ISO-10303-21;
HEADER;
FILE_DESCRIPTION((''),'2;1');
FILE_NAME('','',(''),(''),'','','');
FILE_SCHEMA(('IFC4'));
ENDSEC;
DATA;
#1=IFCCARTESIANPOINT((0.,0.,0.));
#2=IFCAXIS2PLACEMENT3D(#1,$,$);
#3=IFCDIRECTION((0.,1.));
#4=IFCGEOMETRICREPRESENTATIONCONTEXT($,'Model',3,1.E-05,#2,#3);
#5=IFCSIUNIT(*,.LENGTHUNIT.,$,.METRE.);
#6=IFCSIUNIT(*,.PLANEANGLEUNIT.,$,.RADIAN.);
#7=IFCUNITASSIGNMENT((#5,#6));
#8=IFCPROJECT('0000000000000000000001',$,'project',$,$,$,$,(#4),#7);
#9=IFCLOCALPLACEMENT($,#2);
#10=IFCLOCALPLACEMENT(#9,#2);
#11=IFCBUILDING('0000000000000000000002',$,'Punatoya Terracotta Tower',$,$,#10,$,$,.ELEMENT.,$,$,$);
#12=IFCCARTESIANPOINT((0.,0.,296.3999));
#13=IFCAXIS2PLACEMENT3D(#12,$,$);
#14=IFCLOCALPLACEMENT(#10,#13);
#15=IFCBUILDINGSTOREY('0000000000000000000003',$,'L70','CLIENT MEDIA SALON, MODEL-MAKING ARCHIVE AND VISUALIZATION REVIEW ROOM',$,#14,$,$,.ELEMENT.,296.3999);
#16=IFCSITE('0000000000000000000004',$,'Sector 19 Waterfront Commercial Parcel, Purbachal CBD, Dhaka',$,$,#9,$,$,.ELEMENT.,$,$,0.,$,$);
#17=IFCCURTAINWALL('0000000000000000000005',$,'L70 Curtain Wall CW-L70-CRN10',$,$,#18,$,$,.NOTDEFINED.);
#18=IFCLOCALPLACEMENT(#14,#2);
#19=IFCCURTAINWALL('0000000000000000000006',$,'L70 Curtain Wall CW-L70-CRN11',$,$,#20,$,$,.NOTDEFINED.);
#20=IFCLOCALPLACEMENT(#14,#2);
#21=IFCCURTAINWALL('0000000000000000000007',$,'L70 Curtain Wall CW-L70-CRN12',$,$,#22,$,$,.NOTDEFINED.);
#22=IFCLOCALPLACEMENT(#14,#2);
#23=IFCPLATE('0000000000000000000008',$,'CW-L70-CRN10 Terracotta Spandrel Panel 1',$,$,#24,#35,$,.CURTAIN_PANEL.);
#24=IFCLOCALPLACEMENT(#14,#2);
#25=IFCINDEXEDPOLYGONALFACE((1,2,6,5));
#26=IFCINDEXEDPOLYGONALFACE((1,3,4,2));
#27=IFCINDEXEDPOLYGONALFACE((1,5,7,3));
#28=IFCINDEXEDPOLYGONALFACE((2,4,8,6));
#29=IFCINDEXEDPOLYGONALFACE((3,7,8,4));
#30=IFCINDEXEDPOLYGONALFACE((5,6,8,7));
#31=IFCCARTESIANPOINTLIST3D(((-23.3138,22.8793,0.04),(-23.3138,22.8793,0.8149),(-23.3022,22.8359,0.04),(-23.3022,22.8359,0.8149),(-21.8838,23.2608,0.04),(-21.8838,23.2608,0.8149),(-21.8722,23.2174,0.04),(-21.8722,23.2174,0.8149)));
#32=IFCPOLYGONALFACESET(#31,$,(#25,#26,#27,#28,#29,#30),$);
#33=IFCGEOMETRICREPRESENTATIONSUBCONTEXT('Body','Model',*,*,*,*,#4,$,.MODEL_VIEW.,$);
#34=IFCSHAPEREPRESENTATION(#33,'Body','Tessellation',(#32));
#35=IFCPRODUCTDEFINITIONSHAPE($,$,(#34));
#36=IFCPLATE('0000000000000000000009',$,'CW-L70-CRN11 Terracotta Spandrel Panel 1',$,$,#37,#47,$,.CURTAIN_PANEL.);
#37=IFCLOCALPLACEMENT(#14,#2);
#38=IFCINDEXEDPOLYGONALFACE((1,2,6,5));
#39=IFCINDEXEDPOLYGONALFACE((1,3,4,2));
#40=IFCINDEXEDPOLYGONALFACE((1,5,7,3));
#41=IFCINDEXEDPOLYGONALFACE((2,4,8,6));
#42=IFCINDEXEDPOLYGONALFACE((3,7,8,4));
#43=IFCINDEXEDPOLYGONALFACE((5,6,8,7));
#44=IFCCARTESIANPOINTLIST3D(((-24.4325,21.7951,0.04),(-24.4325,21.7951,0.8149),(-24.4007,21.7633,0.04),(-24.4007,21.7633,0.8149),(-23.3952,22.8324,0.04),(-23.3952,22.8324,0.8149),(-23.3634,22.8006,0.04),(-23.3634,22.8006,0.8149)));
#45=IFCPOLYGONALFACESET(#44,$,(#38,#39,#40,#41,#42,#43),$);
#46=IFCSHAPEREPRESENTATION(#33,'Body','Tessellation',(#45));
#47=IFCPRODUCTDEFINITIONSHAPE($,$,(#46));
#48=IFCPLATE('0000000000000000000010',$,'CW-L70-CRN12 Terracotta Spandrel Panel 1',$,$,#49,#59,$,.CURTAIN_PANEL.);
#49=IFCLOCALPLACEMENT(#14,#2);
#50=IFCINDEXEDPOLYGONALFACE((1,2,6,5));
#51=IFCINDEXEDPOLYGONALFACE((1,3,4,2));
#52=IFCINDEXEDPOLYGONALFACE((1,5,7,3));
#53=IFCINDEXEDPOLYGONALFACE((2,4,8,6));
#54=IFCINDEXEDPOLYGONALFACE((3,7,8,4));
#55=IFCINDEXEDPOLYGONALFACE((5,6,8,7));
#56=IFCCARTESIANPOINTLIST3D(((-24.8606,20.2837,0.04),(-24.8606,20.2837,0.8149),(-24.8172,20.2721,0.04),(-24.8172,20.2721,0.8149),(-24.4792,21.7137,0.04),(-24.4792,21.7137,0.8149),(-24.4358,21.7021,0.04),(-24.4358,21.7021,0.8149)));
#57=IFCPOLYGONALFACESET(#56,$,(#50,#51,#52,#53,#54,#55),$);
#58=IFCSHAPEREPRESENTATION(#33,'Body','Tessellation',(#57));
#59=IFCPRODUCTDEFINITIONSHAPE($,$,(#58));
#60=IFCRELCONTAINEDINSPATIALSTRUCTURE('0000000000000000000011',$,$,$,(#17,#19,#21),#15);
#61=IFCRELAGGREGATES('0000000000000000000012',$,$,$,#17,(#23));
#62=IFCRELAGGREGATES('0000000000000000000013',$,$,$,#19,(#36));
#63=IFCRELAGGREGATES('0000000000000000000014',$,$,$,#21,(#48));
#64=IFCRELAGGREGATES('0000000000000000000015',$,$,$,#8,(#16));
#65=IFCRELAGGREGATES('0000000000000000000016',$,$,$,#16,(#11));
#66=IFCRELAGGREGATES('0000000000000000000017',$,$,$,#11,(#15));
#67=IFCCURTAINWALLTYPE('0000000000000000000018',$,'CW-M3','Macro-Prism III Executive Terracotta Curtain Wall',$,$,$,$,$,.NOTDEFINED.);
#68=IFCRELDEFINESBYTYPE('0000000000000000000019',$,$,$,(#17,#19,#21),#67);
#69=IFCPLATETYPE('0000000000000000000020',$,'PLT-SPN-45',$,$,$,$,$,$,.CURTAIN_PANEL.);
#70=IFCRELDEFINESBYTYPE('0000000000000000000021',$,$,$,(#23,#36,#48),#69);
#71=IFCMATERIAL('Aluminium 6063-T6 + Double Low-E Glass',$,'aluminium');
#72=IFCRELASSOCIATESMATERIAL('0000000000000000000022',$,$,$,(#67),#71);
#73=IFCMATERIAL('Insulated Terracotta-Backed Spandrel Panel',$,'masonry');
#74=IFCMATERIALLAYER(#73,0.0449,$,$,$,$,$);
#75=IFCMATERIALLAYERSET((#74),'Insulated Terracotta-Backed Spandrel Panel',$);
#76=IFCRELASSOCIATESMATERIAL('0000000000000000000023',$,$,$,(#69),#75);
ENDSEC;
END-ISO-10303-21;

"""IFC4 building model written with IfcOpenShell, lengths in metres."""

from ifc_helpers import new_model, si_unit, direction, frame, origin, origin_2d, place, context, subcontext, project, spatial, rectangle, extrude, material, layer, layer_set, type_object, element, aggregate, save


model = new_model("IFC4")

# Units and contexts
model_context = context("Model", 3, precision=1e-05, world=origin(), true_north=direction((0.0, 1.0)))
body_context = subcontext(model_context, "Body", "Model", "MODEL_VIEW")
ifc_project = project(units=[si_unit("LENGTHUNIT", "METRE"), si_unit("PLANEANGLEUNIT", "RADIAN")], contexts=[model_context])

# Site, building, storey
site_placement = place(None, origin())
site = spatial("IfcSite", under=ifc_project, at=site_placement, Name="Sector 19 Waterfront Commercial Parcel, Purbachal CBD, Dhaka", CompositionType="ELEMENT", RefElevation=0.0)
building_placement = place(site_placement, origin())
building = spatial("IfcBuilding", under=site, at=building_placement, Name="Punatoya Terracotta Tower", CompositionType="ELEMENT")
storey_placement = place(building_placement, frame((0.0, 0.0, 296.3999)))
storey = spatial("IfcBuildingStorey", under=building, at=storey_placement, Name="L70", Description="CLIENT MEDIA SALON, MODEL-MAKING ARCHIVE AND VISUALIZATION REVIEW ROOM", CompositionType="ELEMENT", Elevation=296.3999)

# Shared definitions
ifc_material_1 = material(Name="Aluminium 6063-T6 + Double Low-E Glass", Category="aluminium")
curtain_wall_type = type_object("IfcCurtainWallType", Name="CW-M3", Description="Macro-Prism III Executive Terracotta Curtain Wall", PredefinedType="NOTDEFINED", material=ifc_material_1)

# Curtain walls
curtain_wall_1_placement = place(storey_placement, origin())
curtain_wall_1 = element("IfcCurtainWall", 1, at=curtain_wall_1_placement, inside=storey, type_object=curtain_wall_type, Name="L70 Curtain Wall CW-L70-CRN10", PredefinedType="NOTDEFINED")
curtain_wall_2_placement = place(storey_placement, origin())
curtain_wall_2 = element("IfcCurtainWall", 2, at=curtain_wall_2_placement, inside=storey, type_object=curtain_wall_type, Name="L70 Curtain Wall CW-L70-CRN11", PredefinedType="NOTDEFINED")
curtain_wall_3_placement = place(storey_placement, origin())
curtain_wall_3 = element("IfcCurtainWall", 3, at=curtain_wall_3_placement, inside=storey, type_object=curtain_wall_type, Name="L70 Curtain Wall CW-L70-CRN12", PredefinedType="NOTDEFINED")

# Plates
ifc_material_2 = material(Name="Insulated Terracotta-Backed Spandrel Panel", Category="masonry")
ifc_layer_1 = layer(ifc_material_2, 0.0449)
ifc_layer_set_1 = layer_set([ifc_layer_1], Name="Insulated Terracotta-Backed Spandrel Panel")
plate_type_1 = type_object("IfcPlateType", Name="PLT-SPN-45", PredefinedType="CURTAIN_PANEL", material=ifc_layer_set_1)
plate_1_placement = place(storey_placement, frame((-22.593, 23.0483, 0.04), z_axis=(0.0, 0.0, 1.0), x_axis=(-0.966214, -0.257742, 0.0)))
plate_1 = element("IfcPlate", 4, at=plate_1_placement, type_object=plate_type_1, Name="CW-L70-CRN10 Terracotta Spandrel Panel 1", PredefinedType="CURTAIN_PANEL", context=body_context, shape_type="SweptSolid", body=[
    extrude(rectangle(XDim=1.48, YDim=0.0449, at=origin_2d()), origin(), (0.0, 0.0, 1.0), 0.7749),
])
aggregate(curtain_wall_1, [plate_1])
plate_2_placement = place(storey_placement, frame((-23.8979, 22.2979, 0.04), z_axis=(0.0, 0.0, 1.0), x_axis=(-0.707107, -0.707107, 0.0)))
plate_2 = element("IfcPlate", 5, at=plate_2_placement, type_object=plate_type_1, Name="CW-L70-CRN11 Terracotta Spandrel Panel 1", PredefinedType="CURTAIN_PANEL", context=body_context, shape_type="SweptSolid", body=[
    extrude(rectangle(XDim=1.467, YDim=0.0449, at=origin_2d()), origin(), (0.0, 0.0, 1.0), 0.7749),
])
aggregate(curtain_wall_2, [plate_2])
plate_3_placement = place(storey_placement, frame((-24.6482, 20.9929, 0.04), z_axis=(0.0, 0.0, 1.0), x_axis=(-0.257742, -0.966214, 0.0)))
plate_3 = element("IfcPlate", 6, at=plate_3_placement, type_object=plate_type_1, Name="CW-L70-CRN12 Terracotta Spandrel Panel 1", PredefinedType="CURTAIN_PANEL", context=body_context, shape_type="SweptSolid", body=[
    extrude(rectangle(XDim=1.48, YDim=0.0449, at=origin_2d()), origin(), (0.0, 0.0, 1.0), 0.7749),
])
aggregate(curtain_wall_3, [plate_3])

save(model, "model.ifc")
